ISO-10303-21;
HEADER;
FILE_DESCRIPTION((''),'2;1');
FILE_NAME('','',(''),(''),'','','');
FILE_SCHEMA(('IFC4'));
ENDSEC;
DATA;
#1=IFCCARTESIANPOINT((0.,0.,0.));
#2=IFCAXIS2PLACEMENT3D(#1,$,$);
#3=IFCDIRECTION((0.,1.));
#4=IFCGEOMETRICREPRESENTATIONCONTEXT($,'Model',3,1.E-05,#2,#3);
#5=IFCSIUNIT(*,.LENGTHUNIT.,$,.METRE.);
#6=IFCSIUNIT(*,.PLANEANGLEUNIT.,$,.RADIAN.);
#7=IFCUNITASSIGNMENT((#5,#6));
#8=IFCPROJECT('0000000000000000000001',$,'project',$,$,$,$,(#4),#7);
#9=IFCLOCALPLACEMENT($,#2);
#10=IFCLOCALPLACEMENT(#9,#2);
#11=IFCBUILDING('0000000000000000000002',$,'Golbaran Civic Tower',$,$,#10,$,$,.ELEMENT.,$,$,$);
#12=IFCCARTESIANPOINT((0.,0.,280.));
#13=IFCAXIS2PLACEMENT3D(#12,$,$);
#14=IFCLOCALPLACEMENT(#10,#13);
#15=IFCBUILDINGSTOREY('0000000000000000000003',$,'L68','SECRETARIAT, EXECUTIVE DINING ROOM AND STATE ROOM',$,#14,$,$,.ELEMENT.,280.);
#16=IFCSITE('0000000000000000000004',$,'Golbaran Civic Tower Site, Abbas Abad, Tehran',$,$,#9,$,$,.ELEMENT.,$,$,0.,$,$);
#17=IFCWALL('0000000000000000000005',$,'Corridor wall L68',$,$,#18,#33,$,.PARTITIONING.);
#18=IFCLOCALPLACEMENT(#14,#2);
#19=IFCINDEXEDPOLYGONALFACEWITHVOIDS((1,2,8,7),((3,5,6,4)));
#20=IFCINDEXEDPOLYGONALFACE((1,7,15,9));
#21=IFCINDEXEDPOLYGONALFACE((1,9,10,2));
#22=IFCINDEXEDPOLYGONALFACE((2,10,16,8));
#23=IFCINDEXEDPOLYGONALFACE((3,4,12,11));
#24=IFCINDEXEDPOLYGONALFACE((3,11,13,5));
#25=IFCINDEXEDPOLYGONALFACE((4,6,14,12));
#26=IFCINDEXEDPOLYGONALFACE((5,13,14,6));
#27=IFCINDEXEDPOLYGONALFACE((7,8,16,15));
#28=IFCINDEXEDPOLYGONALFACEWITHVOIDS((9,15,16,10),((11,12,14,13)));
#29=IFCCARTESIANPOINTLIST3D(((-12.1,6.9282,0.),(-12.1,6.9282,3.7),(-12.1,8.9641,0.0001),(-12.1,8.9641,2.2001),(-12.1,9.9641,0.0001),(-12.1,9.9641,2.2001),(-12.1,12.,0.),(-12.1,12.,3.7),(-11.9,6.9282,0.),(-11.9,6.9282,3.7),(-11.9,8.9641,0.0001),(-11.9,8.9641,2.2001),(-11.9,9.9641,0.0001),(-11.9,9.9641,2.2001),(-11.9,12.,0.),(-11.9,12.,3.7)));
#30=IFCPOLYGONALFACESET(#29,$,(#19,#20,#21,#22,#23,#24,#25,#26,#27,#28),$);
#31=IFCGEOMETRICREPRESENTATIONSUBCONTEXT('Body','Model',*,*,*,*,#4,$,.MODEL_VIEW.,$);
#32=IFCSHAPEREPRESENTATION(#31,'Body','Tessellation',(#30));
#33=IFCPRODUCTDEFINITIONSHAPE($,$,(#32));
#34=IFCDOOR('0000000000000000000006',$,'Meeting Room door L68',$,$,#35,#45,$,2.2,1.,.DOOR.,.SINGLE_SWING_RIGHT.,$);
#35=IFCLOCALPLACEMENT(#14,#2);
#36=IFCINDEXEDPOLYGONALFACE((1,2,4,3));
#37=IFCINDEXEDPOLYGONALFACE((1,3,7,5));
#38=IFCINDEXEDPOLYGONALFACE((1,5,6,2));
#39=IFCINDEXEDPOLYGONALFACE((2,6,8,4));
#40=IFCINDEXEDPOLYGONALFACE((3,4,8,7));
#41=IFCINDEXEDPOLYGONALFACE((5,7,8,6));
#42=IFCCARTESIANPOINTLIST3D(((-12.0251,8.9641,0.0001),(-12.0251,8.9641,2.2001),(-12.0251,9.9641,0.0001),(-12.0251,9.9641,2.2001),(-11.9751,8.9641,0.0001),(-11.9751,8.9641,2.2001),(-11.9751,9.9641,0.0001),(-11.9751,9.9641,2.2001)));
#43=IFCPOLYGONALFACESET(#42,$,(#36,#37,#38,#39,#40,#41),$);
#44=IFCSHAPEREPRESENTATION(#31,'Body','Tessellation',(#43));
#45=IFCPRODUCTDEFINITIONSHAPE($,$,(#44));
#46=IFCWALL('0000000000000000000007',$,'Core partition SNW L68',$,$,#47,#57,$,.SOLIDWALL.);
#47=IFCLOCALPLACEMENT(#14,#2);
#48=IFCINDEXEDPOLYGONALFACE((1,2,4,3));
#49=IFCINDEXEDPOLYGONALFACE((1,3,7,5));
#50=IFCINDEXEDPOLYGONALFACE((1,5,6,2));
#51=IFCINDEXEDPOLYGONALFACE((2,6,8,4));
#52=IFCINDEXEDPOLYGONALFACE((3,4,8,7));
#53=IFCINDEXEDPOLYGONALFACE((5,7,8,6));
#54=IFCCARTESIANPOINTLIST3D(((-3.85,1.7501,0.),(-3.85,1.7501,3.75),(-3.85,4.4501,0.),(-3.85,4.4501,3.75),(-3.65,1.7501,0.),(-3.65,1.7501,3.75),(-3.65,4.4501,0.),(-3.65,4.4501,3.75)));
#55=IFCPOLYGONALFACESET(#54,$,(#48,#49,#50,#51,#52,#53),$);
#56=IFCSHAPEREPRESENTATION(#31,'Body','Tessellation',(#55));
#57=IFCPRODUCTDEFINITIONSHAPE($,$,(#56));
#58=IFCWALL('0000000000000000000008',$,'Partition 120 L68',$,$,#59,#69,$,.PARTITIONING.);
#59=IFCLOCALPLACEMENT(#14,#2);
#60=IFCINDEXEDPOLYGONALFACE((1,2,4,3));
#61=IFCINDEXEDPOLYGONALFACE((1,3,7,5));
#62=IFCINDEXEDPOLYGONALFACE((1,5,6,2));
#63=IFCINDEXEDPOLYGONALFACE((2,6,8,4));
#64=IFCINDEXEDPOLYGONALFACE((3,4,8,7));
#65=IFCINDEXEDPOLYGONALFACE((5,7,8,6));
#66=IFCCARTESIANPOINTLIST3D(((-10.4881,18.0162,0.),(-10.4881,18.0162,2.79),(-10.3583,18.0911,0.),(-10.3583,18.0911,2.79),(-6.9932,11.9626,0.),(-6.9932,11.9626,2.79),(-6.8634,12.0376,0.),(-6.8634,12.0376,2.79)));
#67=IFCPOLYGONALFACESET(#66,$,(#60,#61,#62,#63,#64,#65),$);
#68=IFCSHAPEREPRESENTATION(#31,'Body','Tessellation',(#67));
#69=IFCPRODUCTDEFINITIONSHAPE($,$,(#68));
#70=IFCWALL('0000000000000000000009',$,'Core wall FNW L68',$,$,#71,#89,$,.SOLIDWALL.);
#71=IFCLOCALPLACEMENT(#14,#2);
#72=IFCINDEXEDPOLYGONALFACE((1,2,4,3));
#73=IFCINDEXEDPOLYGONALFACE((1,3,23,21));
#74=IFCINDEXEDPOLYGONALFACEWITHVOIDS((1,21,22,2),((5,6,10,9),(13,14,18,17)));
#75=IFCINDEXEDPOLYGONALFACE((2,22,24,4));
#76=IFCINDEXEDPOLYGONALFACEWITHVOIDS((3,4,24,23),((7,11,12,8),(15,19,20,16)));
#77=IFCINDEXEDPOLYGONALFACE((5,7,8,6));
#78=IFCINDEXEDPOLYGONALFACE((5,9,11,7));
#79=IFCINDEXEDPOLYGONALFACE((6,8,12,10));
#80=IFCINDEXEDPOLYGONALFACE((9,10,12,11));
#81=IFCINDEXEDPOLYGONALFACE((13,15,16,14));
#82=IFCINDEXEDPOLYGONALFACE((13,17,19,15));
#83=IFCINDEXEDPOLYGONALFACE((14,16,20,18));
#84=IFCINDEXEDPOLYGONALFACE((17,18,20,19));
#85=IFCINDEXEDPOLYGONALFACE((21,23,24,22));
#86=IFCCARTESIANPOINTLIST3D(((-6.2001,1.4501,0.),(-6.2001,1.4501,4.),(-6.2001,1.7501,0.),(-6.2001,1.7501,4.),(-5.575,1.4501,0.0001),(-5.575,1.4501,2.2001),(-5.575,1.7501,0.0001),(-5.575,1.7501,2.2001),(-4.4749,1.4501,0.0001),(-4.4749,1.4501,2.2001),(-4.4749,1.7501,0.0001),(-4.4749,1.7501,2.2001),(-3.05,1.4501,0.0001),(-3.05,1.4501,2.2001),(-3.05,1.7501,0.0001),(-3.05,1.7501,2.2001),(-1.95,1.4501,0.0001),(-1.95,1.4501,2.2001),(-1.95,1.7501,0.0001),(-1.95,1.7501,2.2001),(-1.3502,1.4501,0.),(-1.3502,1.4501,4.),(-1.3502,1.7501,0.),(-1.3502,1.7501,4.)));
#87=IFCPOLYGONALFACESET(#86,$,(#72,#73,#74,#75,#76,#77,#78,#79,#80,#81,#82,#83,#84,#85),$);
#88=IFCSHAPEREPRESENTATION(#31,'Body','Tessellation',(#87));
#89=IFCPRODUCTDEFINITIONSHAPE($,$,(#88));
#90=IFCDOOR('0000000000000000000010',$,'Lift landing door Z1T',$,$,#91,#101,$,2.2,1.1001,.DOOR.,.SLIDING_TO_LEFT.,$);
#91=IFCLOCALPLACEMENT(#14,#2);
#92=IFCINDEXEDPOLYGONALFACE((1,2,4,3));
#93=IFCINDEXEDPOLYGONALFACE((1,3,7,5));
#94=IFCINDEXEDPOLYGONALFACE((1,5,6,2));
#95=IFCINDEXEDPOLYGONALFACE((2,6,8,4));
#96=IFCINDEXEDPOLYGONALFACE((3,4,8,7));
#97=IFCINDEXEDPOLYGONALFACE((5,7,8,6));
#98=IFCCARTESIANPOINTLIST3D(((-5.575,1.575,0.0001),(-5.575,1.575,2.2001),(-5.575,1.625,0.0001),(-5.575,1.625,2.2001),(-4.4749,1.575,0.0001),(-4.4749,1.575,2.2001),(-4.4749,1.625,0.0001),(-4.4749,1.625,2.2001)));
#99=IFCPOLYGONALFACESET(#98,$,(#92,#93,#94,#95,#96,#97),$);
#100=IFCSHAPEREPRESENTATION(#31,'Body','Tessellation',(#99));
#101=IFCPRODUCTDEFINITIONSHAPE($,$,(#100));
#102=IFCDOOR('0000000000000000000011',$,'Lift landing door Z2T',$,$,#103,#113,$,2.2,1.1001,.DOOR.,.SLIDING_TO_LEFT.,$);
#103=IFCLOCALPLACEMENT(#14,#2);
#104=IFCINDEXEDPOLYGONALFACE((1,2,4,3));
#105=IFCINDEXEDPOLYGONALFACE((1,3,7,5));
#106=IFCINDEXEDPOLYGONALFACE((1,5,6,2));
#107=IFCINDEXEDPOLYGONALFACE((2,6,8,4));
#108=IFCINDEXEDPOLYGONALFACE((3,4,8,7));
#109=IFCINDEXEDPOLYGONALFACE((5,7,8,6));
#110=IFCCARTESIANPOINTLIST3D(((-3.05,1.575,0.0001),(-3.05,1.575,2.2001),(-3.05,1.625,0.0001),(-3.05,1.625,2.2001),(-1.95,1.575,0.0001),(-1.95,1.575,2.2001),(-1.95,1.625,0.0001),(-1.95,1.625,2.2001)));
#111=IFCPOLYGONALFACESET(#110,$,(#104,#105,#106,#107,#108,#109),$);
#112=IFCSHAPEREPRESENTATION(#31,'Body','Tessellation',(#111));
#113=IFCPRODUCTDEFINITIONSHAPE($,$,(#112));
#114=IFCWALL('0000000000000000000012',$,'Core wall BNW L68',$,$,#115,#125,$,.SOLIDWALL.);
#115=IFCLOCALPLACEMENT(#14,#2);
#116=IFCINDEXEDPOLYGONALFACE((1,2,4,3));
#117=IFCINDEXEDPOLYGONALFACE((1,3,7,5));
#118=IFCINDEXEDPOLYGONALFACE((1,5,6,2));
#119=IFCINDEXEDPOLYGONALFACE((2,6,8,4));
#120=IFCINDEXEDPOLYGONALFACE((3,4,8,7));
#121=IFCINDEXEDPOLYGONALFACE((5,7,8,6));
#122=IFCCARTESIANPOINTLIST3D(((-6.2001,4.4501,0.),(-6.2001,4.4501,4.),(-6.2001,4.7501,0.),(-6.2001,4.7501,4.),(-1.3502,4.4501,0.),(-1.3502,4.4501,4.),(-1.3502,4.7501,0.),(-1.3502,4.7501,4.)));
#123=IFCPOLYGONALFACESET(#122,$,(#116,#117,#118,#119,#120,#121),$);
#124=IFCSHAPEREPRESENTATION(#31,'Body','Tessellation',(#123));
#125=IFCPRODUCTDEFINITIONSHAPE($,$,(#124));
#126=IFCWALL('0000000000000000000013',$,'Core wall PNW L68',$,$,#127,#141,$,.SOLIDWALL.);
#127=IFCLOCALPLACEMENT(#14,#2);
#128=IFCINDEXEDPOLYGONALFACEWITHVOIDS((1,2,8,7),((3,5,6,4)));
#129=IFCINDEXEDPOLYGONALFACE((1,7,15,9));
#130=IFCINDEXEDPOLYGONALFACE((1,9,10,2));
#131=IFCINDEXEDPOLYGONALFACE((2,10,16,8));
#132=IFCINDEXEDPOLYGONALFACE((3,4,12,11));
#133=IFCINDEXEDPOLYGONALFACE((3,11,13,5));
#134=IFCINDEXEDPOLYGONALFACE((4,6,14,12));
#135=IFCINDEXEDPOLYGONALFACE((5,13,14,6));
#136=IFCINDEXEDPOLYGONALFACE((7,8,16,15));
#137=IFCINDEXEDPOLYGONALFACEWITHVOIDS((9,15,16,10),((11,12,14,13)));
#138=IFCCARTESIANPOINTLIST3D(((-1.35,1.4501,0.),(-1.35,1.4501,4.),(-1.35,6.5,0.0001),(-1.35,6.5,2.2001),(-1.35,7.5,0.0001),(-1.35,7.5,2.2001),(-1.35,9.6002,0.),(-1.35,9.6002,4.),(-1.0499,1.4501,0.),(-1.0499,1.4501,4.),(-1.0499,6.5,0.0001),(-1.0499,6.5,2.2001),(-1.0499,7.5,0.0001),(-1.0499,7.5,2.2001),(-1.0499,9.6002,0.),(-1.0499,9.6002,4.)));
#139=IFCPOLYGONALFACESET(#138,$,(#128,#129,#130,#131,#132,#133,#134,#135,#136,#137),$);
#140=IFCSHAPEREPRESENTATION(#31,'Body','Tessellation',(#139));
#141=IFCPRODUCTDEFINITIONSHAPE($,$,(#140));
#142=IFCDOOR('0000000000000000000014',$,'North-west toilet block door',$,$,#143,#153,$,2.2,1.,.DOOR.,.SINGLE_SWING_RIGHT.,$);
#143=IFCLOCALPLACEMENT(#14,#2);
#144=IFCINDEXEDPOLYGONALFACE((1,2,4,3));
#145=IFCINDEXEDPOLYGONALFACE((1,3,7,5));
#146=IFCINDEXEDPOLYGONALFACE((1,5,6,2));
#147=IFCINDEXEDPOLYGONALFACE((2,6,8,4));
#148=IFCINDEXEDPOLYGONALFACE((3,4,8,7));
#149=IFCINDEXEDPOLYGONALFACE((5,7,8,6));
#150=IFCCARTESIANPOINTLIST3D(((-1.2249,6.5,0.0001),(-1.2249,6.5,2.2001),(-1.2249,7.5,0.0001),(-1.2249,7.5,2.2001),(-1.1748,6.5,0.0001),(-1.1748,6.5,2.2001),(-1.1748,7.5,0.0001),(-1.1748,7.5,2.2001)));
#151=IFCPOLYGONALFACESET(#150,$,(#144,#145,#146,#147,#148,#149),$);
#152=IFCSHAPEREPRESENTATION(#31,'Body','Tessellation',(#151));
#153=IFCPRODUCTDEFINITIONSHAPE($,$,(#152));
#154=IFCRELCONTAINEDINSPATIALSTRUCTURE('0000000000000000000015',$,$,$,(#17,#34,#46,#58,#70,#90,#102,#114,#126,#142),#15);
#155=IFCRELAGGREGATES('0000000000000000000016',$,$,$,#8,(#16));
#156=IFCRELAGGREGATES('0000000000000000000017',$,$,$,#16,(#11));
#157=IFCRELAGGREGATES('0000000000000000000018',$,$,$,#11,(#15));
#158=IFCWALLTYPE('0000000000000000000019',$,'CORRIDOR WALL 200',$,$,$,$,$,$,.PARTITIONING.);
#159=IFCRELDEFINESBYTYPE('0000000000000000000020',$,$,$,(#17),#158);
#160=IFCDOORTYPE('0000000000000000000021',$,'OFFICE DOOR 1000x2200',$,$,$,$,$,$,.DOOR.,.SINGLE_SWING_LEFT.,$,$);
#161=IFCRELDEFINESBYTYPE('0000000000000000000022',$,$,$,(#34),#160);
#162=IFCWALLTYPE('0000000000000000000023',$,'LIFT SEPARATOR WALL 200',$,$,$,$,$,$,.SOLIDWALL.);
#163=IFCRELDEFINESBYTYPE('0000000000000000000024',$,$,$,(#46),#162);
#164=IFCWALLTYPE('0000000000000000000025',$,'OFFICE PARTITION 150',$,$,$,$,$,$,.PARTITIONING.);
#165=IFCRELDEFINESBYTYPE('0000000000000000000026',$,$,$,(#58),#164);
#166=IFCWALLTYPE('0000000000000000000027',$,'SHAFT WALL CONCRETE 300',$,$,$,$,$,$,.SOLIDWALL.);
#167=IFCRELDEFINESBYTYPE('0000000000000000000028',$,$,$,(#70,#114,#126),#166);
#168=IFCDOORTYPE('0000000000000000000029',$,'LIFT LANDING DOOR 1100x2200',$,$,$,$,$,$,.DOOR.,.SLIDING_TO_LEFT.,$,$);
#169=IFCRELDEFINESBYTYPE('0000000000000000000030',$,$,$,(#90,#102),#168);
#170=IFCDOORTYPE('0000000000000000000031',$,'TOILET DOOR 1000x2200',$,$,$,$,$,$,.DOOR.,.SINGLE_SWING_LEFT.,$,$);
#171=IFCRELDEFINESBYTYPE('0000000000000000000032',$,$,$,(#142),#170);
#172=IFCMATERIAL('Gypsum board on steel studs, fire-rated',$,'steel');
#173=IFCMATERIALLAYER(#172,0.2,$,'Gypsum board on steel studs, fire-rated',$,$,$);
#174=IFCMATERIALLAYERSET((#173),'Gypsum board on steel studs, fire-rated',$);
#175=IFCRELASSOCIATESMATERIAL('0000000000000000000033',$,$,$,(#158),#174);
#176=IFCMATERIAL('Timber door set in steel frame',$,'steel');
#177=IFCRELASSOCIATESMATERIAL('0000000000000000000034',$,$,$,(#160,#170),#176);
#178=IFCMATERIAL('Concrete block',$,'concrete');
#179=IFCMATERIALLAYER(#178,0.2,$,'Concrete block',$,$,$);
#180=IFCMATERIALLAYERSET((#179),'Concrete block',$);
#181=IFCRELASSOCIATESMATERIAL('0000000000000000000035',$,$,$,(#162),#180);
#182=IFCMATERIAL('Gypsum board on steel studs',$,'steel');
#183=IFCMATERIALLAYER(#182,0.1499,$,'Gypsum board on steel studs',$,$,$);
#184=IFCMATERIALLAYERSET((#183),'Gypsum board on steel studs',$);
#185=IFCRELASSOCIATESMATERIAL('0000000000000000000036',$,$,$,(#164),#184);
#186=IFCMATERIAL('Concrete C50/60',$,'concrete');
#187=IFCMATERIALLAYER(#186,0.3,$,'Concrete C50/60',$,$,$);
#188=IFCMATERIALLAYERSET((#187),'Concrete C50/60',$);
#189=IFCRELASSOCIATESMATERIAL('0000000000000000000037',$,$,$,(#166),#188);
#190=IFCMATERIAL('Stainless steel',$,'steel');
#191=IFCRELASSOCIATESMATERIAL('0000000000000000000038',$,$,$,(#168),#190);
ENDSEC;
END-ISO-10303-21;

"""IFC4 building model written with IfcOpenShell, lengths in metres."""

from ifc_helpers import new_model, si_unit, direction, frame, frame_2d, origin, place, context, subcontext, project, spatial, rectangle, extrude, material, layer, layer_set, type_object, element, fill, save


model = new_model("IFC4")

# Units and contexts
model_context = context("Model", 3, precision=1e-05, world=origin(), true_north=direction((0.0, 1.0)))
body_context = subcontext(model_context, "Body", "Model", "MODEL_VIEW")
ifc_project = project(units=[si_unit("LENGTHUNIT", "METRE"), si_unit("PLANEANGLEUNIT", "RADIAN")], contexts=[model_context])

# Site, building, storey
site_placement = place(None, origin())
site = spatial("IfcSite", under=ifc_project, at=site_placement, Name="Golbaran Civic Tower Site, Abbas Abad, Tehran", CompositionType="ELEMENT", RefElevation=0.0)
building_placement = place(site_placement, origin())
building = spatial("IfcBuilding", under=site, at=building_placement, Name="Golbaran Civic Tower", CompositionType="ELEMENT")
storey_placement = place(building_placement, frame((0.0, 0.0, 280.0)))
storey = spatial("IfcBuildingStorey", under=building, at=storey_placement, Name="L68", Description="SECRETARIAT, EXECUTIVE DINING ROOM AND STATE ROOM", CompositionType="ELEMENT", Elevation=280.0)

# Shared definitions
ifc_material_1 = material(Name="Concrete C50/60", Category="concrete")
ifc_material_2 = material(Name="Timber door set in steel frame", Category="steel")

# Wall, opening, door
ifc_material_3 = material(Name="Gypsum board on steel studs, fire-rated", Category="steel")
ifc_layer_1 = layer(ifc_material_3, 0.2, Name="Gypsum board on steel studs, fire-rated")
ifc_layer_set_1 = layer_set([ifc_layer_1], Name="Gypsum board on steel studs, fire-rated")
wall_type_1 = type_object("IfcWallType", Name="CORRIDOR WALL 200", PredefinedType="PARTITIONING", material=ifc_layer_set_1)
wall_1_placement = place(storey_placement, frame((-12.0, 12.0, 0.0), z_axis=(0.0, 0.0, 1.0), x_axis=(0.0, -1.0, 0.0)))
wall_1 = element("IfcWall", 1, at=wall_1_placement, inside=storey, type_object=wall_type_1, Name="Corridor wall L68", PredefinedType="PARTITIONING", context=body_context, shape_type="SweptSolid", body=[
    extrude(rectangle(XDim=5.0718, YDim=0.2, at=frame_2d((2.5359, 0.0))), origin(), (0.0, 0.0, 1.0), 3.7),
])
opening_1_placement = place(wall_1_placement, frame((2.0359, 0.0, 0.0)))
opening_1 = element("IfcOpeningElement", 2, at=opening_1_placement, cuts=wall_1, PredefinedType="OPENING", context=body_context, shape_type="SweptSolid", body=[
    extrude(rectangle(XDim=1.0, YDim=2.2, at=frame_2d((0.5, 1.1001))), frame((0.0, 0.1099, 0.0), z_axis=(0.0, -1.0, 0.0), x_axis=(1.0, 0.0, 0.0)), (0.0, 0.0, 1.0), 0.22),
])
door_type_1 = type_object("IfcDoorType", Name="OFFICE DOOR 1000x2200", OperationType="SINGLE_SWING_LEFT", PredefinedType="DOOR", material=ifc_material_2)
door_1_placement = place(opening_1_placement, origin())
door_1 = element("IfcDoor", 3, at=door_1_placement, inside=storey, type_object=door_type_1, Name="Meeting Room door L68", OperationType="SINGLE_SWING_RIGHT", OverallHeight=2.2, OverallWidth=1.0, PredefinedType="DOOR", context=body_context, shape_type="SweptSolid", body=[
    extrude(rectangle(XDim=1.0, YDim=2.2, at=frame_2d((0.5, 1.1001))), frame((0.0, 0.0249, 0.0), z_axis=(0.0, -1.0, 0.0), x_axis=(1.0, 0.0, 0.0)), (0.0, 0.0, 1.0), 0.05),
])
fill(opening_1, door_1)

# Walls
ifc_material_4 = material(Name="Concrete block", Category="concrete")
ifc_layer_2 = layer(ifc_material_4, 0.2, Name="Concrete block")
ifc_layer_set_2 = layer_set([ifc_layer_2], Name="Concrete block")
wall_type_2 = type_object("IfcWallType", Name="LIFT SEPARATOR WALL 200", PredefinedType="SOLIDWALL", material=ifc_layer_set_2)
wall_2_placement = place(storey_placement, frame((-3.75, 1.75, 0.0), z_axis=(0.0, 0.0, 1.0), x_axis=(0.0, 1.0, 0.0)))
element("IfcWall", 4, at=wall_2_placement, inside=storey, type_object=wall_type_2, Name="Core partition SNW L68", PredefinedType="SOLIDWALL", context=body_context, shape_type="SweptSolid", body=[
    extrude(rectangle(XDim=2.7, YDim=0.2, at=frame_2d((1.3501, 0.0))), origin(), (0.0, 0.0, 1.0), 3.75),
])
ifc_material_5 = material(Name="Gypsum board on steel studs", Category="steel")
ifc_layer_3 = layer(ifc_material_5, 0.1499, Name="Gypsum board on steel studs")
ifc_layer_set_3 = layer_set([ifc_layer_3], Name="Gypsum board on steel studs")
wall_type_3 = type_object("IfcWallType", Name="OFFICE PARTITION 150", PredefinedType="PARTITIONING", material=ifc_layer_set_3)
wall_3_placement = place(storey_placement, frame((-6.9282, 12.0, 0.0), z_axis=(0.0, 0.0, 1.0), x_axis=(-0.49999, 0.866031, 0.0)))
element("IfcWall", 5, at=wall_3_placement, inside=storey, type_object=wall_type_3, Name="Partition 120 L68", PredefinedType="PARTITIONING", context=body_context, shape_type="SweptSolid", body=[
    extrude(rectangle(XDim=6.99, YDim=0.1499, at=frame_2d((3.4951, 0.0))), origin(), (0.0, 0.0, 1.0), 2.79),
])

# Wall, openings, doors
ifc_layer_4 = layer(ifc_material_1, 0.3, Name="Concrete C50/60")
ifc_layer_set_4 = layer_set([ifc_layer_4], Name="Concrete C50/60")
wall_type_4 = type_object("IfcWallType", Name="SHAFT WALL CONCRETE 300", PredefinedType="SOLIDWALL", material=ifc_layer_set_4)
wall_4_placement = place(storey_placement, frame((-6.2, 1.6001, 0.0), z_axis=(0.0, 0.0, 1.0), x_axis=(1.0, 0.0, 0.0)))
wall_4 = element("IfcWall", 6, at=wall_4_placement, inside=storey, type_object=wall_type_4, Name="Core wall FNW L68", PredefinedType="SOLIDWALL", context=body_context, shape_type="SweptSolid", body=[
    extrude(rectangle(XDim=4.8499, YDim=0.3, at=frame_2d((2.4248, 0.0))), origin(), (0.0, 0.0, 1.0), 4.0),
])
opening_2_placement = place(wall_4_placement, frame((0.625, 0.0, 0.0)))
opening_2 = element("IfcOpeningElement", 7, at=opening_2_placement, cuts=wall_4, PredefinedType="OPENING", context=body_context, shape_type="SweptSolid", body=[
    extrude(rectangle(XDim=1.1001, YDim=2.2, at=frame_2d((0.55, 1.1001))), frame((0.0, 0.1599, 0.0), z_axis=(0.0, -1.0, 0.0), x_axis=(1.0, 0.0, 0.0)), (0.0, 0.0, 1.0), 0.3201),
])
opening_3_placement = place(wall_4_placement, frame((3.1499, 0.0, 0.0)))
opening_3 = element("IfcOpeningElement", 8, at=opening_3_placement, cuts=wall_4, PredefinedType="OPENING", context=body_context, shape_type="SweptSolid", body=[
    extrude(rectangle(XDim=1.1001, YDim=2.2, at=frame_2d((0.55, 1.1001))), frame((0.0, 0.1599, 0.0), z_axis=(0.0, -1.0, 0.0), x_axis=(1.0, 0.0, 0.0)), (0.0, 0.0, 1.0), 0.3201),
])
ifc_material_6 = material(Name="Stainless steel", Category="steel")
door_type_2 = type_object("IfcDoorType", Name="LIFT LANDING DOOR 1100x2200", OperationType="SLIDING_TO_LEFT", PredefinedType="DOOR", material=ifc_material_6)
door_2_placement = place(opening_2_placement, origin())
door_2 = element("IfcDoor", 9, at=door_2_placement, inside=storey, type_object=door_type_2, Name="Lift landing door Z1T", OperationType="SLIDING_TO_LEFT", OverallHeight=2.2, OverallWidth=1.1001, PredefinedType="DOOR", context=body_context, shape_type="SweptSolid", body=[
    extrude(rectangle(XDim=1.1001, YDim=2.2, at=frame_2d((0.55, 1.1001))), frame((0.0, 0.0249, 0.0), z_axis=(0.0, -1.0, 0.0), x_axis=(1.0, 0.0, 0.0)), (0.0, 0.0, 1.0), 0.05),
])
fill(opening_2, door_2)
door_3_placement = place(opening_3_placement, origin())
door_3 = element("IfcDoor", 10, at=door_3_placement, inside=storey, type_object=door_type_2, Name="Lift landing door Z2T", OperationType="SLIDING_TO_LEFT", OverallHeight=2.2, OverallWidth=1.1001, PredefinedType="DOOR", context=body_context, shape_type="SweptSolid", body=[
    extrude(rectangle(XDim=1.1001, YDim=2.2, at=frame_2d((0.55, 1.1001))), frame((0.0, 0.0249, 0.0), z_axis=(0.0, -1.0, 0.0), x_axis=(1.0, 0.0, 0.0)), (0.0, 0.0, 1.0), 0.05),
])
fill(opening_3, door_3)

# Wall
wall_5_placement = place(storey_placement, frame((-6.2, 4.6001, 0.0), z_axis=(0.0, 0.0, 1.0), x_axis=(1.0, 0.0, 0.0)))
element("IfcWall", 11, at=wall_5_placement, inside=storey, type_object=wall_type_4, Name="Core wall BNW L68", PredefinedType="SOLIDWALL", context=body_context, shape_type="SweptSolid", body=[
    extrude(rectangle(XDim=4.8499, YDim=0.3, at=frame_2d((2.4248, 0.0))), origin(), (0.0, 0.0, 1.0), 4.0),
])

# Wall, opening, door
wall_6_placement = place(storey_placement, frame((-1.2, 1.45, 0.0), z_axis=(0.0, 0.0, 1.0), x_axis=(0.0, 1.0, 0.0)))
wall_6 = element("IfcWall", 12, at=wall_6_placement, inside=storey, type_object=wall_type_4, Name="Core wall PNW L68", PredefinedType="SOLIDWALL", context=body_context, shape_type="SweptSolid", body=[
    extrude(rectangle(XDim=8.1501, YDim=0.3, at=frame_2d((4.0752, 0.0))), origin(), (0.0, 0.0, 1.0), 4.0),
])
opening_4_placement = place(wall_6_placement, frame((5.05, 0.0, 0.0)))
opening_4 = element("IfcOpeningElement", 13, at=opening_4_placement, cuts=wall_6, PredefinedType="OPENING", context=body_context, shape_type="SweptSolid", body=[
    extrude(rectangle(XDim=1.0, YDim=2.2, at=frame_2d((0.5, 1.1001))), frame((0.0, 0.1599, 0.0), z_axis=(0.0, -1.0, 0.0), x_axis=(1.0, 0.0, 0.0)), (0.0, 0.0, 1.0), 0.3201),
])
door_type_3 = type_object("IfcDoorType", Name="TOILET DOOR 1000x2200", OperationType="SINGLE_SWING_LEFT", PredefinedType="DOOR", material=ifc_material_2)
door_4_placement = place(opening_4_placement, origin())
door_4 = element("IfcDoor", 14, at=door_4_placement, inside=storey, type_object=door_type_3, Name="North-west toilet block door", OperationType="SINGLE_SWING_RIGHT", OverallHeight=2.2, OverallWidth=1.0, PredefinedType="DOOR", context=body_context, shape_type="SweptSolid", body=[
    extrude(rectangle(XDim=1.0, YDim=2.2, at=frame_2d((0.5, 1.1001))), frame((0.0, 0.0249, 0.0), z_axis=(0.0, -1.0, 0.0), x_axis=(1.0, 0.0, 0.0)), (0.0, 0.0, 1.0), 0.05),
])
fill(opening_4, door_4)

save(model, "model.ifc")
